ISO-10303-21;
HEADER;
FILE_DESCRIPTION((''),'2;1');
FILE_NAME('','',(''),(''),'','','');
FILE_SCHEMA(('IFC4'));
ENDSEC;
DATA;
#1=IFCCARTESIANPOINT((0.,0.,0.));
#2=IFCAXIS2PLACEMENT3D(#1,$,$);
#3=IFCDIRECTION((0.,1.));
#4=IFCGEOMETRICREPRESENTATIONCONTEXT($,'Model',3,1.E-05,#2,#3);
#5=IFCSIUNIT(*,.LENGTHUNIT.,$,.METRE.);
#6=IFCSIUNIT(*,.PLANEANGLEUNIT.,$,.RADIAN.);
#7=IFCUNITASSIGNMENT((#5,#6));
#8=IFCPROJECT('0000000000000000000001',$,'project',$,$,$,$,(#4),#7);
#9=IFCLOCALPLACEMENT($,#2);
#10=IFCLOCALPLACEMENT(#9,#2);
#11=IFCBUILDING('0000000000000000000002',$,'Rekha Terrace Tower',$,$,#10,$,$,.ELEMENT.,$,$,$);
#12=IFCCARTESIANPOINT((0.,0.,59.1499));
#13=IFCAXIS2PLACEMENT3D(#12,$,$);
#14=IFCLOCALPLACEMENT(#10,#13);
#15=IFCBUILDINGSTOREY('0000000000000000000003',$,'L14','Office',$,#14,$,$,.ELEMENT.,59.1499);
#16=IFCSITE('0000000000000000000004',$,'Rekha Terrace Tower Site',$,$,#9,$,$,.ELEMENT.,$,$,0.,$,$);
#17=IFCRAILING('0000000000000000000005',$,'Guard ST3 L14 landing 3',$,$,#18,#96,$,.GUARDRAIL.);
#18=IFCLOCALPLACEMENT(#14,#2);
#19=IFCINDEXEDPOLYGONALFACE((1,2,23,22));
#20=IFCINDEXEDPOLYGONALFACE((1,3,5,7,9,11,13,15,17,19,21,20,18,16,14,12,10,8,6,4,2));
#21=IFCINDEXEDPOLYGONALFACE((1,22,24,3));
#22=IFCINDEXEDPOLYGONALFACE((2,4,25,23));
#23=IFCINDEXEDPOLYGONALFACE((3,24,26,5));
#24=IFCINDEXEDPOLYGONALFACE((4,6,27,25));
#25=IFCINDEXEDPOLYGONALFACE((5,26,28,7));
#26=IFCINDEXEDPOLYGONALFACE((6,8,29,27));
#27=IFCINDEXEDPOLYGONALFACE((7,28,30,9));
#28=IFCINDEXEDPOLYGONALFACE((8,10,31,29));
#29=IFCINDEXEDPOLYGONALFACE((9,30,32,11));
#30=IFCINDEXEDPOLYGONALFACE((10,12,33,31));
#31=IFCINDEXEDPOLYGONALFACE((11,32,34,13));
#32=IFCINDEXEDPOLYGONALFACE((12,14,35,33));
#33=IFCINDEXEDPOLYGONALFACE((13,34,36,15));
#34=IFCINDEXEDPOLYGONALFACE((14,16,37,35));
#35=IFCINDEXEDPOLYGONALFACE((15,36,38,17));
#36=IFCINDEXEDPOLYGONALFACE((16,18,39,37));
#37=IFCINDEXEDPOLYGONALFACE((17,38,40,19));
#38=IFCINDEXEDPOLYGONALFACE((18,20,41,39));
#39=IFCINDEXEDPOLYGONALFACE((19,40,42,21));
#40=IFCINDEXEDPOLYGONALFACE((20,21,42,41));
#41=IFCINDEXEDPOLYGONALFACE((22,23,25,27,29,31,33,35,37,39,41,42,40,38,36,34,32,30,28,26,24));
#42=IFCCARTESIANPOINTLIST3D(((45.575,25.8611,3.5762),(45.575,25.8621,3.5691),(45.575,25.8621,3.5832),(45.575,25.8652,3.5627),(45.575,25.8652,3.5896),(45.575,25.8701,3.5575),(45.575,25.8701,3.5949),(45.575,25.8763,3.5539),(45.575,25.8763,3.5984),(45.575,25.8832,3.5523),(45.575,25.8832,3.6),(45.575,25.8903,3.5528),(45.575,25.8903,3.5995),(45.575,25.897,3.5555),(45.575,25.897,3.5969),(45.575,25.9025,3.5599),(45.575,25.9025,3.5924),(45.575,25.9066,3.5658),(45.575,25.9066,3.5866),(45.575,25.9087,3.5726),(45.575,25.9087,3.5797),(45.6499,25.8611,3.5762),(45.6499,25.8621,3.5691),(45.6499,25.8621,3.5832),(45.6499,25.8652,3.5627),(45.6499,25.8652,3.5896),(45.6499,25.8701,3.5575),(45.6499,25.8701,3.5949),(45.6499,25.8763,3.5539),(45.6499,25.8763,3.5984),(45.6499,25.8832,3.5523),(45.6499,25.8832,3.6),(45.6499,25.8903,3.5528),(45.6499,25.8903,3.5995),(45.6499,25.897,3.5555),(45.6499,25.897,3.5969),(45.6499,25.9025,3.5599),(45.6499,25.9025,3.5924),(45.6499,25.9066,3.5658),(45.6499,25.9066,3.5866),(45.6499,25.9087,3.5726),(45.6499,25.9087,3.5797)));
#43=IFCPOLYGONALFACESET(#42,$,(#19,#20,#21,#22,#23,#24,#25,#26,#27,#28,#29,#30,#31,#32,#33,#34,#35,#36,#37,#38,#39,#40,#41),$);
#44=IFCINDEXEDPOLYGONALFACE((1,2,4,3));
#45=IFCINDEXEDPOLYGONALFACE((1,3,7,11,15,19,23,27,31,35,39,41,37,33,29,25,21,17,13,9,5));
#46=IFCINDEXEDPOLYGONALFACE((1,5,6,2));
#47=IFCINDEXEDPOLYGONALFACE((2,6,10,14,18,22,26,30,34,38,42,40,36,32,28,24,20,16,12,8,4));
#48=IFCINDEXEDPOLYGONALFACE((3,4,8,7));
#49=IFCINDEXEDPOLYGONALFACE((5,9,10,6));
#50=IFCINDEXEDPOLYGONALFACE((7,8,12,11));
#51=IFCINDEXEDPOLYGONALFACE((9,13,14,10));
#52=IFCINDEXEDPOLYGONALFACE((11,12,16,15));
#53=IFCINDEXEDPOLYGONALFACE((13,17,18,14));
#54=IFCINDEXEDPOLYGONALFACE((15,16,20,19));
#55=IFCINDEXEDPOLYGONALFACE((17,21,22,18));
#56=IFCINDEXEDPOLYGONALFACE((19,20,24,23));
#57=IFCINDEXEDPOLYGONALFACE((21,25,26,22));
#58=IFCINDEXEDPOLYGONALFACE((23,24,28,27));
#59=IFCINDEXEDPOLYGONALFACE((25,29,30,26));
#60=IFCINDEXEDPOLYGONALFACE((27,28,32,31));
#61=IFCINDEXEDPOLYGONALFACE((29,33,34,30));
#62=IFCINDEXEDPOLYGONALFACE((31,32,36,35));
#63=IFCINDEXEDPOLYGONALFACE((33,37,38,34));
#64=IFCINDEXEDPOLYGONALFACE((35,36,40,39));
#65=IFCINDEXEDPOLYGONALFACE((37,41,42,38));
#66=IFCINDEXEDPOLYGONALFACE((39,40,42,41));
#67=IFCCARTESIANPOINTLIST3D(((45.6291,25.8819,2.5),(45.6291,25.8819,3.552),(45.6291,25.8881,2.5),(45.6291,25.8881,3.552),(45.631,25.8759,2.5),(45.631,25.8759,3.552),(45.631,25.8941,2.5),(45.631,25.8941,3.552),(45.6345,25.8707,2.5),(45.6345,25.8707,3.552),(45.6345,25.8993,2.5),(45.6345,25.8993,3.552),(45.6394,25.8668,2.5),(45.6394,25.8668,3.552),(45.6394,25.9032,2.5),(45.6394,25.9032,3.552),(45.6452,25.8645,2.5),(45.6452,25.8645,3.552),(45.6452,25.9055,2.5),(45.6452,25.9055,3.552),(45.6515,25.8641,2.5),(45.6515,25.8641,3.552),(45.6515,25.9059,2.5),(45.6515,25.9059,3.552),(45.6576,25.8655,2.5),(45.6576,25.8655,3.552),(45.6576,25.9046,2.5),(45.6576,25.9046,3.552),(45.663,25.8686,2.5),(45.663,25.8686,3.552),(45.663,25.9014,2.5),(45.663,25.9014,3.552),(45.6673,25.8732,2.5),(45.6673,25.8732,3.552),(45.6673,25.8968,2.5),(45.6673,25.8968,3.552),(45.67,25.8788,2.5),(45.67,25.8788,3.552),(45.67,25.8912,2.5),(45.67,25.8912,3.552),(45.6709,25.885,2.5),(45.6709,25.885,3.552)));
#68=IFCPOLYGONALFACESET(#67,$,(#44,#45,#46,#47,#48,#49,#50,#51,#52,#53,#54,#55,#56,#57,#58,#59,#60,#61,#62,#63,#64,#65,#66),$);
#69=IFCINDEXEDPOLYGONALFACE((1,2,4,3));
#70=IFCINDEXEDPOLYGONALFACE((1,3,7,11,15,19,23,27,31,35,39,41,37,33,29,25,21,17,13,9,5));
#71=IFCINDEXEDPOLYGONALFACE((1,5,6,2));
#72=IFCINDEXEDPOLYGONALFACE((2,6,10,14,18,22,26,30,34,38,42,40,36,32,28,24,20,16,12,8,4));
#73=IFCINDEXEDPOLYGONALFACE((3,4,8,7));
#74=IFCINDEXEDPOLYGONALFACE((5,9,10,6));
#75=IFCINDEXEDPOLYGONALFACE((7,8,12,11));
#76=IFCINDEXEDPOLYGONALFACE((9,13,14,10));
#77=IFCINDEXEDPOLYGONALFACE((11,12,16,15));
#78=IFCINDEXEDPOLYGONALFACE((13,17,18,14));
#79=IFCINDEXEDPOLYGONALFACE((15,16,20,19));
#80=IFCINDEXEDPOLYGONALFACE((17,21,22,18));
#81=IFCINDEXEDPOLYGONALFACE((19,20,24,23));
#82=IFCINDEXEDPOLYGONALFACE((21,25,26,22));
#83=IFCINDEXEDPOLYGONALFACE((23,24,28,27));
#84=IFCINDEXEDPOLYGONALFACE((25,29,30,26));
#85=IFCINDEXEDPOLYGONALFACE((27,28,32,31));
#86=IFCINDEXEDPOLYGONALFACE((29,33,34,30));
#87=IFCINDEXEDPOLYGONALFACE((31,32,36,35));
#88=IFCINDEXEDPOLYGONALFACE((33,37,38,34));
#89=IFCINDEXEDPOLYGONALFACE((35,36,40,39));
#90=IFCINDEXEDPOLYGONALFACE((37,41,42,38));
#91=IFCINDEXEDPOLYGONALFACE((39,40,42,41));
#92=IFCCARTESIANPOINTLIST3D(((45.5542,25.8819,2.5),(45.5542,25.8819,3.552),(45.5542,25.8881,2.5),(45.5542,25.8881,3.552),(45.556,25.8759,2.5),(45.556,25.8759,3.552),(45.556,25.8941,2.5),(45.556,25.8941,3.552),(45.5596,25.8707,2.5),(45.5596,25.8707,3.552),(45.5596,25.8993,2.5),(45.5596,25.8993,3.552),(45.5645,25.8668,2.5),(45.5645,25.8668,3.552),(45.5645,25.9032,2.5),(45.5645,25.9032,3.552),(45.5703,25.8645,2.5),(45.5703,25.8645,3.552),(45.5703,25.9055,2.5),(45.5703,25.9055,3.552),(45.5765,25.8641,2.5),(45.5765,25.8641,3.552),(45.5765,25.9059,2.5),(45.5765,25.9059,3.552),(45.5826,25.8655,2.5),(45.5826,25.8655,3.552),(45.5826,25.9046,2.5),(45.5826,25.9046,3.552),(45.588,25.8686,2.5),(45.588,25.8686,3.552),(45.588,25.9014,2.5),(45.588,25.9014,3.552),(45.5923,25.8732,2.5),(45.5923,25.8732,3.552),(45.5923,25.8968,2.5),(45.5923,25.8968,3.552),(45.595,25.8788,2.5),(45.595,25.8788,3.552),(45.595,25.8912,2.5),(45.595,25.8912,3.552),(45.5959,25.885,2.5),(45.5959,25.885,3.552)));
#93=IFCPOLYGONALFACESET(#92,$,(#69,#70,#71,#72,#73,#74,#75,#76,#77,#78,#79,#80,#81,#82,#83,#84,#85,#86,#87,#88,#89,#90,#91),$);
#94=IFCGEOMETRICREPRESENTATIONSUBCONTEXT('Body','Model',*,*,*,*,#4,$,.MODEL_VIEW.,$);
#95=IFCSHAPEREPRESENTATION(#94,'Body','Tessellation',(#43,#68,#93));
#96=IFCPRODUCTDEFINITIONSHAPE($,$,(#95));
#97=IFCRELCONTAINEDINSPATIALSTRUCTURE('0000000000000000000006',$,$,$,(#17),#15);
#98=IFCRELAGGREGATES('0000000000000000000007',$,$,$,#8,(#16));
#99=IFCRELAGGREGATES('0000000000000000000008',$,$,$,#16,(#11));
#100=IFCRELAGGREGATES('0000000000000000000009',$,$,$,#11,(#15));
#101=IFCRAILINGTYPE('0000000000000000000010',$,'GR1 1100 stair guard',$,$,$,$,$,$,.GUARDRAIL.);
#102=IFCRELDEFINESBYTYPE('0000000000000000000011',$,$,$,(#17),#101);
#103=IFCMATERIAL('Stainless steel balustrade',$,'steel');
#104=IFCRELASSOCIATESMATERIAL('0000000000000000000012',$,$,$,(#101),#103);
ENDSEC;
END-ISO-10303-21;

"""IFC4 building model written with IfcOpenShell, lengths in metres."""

from ifc_helpers import new_model, si_unit, direction, frame, origin, origin_2d, place, context, subcontext, project, spatial, circle, extrude, material, type_object, element, save


model = new_model("IFC4")

# Units and contexts
model_context = context("Model", 3, precision=1e-05, world=origin(), true_north=direction((0.0, 1.0)))
body_context = subcontext(model_context, "Body", "Model", "MODEL_VIEW")
ifc_project = project(units=[si_unit("LENGTHUNIT", "METRE"), si_unit("PLANEANGLEUNIT", "RADIAN")], contexts=[model_context])

# Site, building, storey
site_placement = place(None, origin())
site = spatial("IfcSite", under=ifc_project, at=site_placement, Name="Rekha Terrace Tower Site", CompositionType="ELEMENT", RefElevation=0.0)
building_placement = place(site_placement, origin())
building = spatial("IfcBuilding", under=site, at=building_placement, Name="Rekha Terrace Tower", CompositionType="ELEMENT")
storey_placement = place(building_placement, frame((0.0, 0.0, 59.1499)))
storey = spatial("IfcBuildingStorey", under=building, at=storey_placement, Name="L14", Description="Office", CompositionType="ELEMENT", Elevation=59.1499)

# Railing
ifc_material_1 = material(Name="Stainless steel balustrade", Category="steel")
railing_type_1 = type_object("IfcRailingType", Name="GR1 1100 stair guard", PredefinedType="GUARDRAIL", material=ifc_material_1)
railing_1_placement = place(storey_placement, frame((45.6499, 25.885, 2.5)))
element("IfcRailing", 1, at=railing_1_placement, inside=storey, type_object=railing_type_1, Name="Guard ST3 L14 landing 3", PredefinedType="GUARDRAIL", context=body_context, shape_type="SweptSolid", body=[
    extrude(circle(Radius=0.0239, at=origin_2d()), frame((0.0, 0.0, 1.0762), z_axis=(-1.0, 0.0, 0.0), x_axis=(0.0, -1.0, 0.0)), (0.0, 0.0, 1.0), 0.075),
    extrude(circle(Radius=0.021, at=origin_2d()), origin(), (0.0, 0.0, 1.0), 1.052),
    extrude(circle(Radius=0.021, at=origin_2d()), frame((-0.075, 0.0, 0.0)), (0.0, 0.0, 1.0), 1.052),
])

save(model, "model.ifc")
